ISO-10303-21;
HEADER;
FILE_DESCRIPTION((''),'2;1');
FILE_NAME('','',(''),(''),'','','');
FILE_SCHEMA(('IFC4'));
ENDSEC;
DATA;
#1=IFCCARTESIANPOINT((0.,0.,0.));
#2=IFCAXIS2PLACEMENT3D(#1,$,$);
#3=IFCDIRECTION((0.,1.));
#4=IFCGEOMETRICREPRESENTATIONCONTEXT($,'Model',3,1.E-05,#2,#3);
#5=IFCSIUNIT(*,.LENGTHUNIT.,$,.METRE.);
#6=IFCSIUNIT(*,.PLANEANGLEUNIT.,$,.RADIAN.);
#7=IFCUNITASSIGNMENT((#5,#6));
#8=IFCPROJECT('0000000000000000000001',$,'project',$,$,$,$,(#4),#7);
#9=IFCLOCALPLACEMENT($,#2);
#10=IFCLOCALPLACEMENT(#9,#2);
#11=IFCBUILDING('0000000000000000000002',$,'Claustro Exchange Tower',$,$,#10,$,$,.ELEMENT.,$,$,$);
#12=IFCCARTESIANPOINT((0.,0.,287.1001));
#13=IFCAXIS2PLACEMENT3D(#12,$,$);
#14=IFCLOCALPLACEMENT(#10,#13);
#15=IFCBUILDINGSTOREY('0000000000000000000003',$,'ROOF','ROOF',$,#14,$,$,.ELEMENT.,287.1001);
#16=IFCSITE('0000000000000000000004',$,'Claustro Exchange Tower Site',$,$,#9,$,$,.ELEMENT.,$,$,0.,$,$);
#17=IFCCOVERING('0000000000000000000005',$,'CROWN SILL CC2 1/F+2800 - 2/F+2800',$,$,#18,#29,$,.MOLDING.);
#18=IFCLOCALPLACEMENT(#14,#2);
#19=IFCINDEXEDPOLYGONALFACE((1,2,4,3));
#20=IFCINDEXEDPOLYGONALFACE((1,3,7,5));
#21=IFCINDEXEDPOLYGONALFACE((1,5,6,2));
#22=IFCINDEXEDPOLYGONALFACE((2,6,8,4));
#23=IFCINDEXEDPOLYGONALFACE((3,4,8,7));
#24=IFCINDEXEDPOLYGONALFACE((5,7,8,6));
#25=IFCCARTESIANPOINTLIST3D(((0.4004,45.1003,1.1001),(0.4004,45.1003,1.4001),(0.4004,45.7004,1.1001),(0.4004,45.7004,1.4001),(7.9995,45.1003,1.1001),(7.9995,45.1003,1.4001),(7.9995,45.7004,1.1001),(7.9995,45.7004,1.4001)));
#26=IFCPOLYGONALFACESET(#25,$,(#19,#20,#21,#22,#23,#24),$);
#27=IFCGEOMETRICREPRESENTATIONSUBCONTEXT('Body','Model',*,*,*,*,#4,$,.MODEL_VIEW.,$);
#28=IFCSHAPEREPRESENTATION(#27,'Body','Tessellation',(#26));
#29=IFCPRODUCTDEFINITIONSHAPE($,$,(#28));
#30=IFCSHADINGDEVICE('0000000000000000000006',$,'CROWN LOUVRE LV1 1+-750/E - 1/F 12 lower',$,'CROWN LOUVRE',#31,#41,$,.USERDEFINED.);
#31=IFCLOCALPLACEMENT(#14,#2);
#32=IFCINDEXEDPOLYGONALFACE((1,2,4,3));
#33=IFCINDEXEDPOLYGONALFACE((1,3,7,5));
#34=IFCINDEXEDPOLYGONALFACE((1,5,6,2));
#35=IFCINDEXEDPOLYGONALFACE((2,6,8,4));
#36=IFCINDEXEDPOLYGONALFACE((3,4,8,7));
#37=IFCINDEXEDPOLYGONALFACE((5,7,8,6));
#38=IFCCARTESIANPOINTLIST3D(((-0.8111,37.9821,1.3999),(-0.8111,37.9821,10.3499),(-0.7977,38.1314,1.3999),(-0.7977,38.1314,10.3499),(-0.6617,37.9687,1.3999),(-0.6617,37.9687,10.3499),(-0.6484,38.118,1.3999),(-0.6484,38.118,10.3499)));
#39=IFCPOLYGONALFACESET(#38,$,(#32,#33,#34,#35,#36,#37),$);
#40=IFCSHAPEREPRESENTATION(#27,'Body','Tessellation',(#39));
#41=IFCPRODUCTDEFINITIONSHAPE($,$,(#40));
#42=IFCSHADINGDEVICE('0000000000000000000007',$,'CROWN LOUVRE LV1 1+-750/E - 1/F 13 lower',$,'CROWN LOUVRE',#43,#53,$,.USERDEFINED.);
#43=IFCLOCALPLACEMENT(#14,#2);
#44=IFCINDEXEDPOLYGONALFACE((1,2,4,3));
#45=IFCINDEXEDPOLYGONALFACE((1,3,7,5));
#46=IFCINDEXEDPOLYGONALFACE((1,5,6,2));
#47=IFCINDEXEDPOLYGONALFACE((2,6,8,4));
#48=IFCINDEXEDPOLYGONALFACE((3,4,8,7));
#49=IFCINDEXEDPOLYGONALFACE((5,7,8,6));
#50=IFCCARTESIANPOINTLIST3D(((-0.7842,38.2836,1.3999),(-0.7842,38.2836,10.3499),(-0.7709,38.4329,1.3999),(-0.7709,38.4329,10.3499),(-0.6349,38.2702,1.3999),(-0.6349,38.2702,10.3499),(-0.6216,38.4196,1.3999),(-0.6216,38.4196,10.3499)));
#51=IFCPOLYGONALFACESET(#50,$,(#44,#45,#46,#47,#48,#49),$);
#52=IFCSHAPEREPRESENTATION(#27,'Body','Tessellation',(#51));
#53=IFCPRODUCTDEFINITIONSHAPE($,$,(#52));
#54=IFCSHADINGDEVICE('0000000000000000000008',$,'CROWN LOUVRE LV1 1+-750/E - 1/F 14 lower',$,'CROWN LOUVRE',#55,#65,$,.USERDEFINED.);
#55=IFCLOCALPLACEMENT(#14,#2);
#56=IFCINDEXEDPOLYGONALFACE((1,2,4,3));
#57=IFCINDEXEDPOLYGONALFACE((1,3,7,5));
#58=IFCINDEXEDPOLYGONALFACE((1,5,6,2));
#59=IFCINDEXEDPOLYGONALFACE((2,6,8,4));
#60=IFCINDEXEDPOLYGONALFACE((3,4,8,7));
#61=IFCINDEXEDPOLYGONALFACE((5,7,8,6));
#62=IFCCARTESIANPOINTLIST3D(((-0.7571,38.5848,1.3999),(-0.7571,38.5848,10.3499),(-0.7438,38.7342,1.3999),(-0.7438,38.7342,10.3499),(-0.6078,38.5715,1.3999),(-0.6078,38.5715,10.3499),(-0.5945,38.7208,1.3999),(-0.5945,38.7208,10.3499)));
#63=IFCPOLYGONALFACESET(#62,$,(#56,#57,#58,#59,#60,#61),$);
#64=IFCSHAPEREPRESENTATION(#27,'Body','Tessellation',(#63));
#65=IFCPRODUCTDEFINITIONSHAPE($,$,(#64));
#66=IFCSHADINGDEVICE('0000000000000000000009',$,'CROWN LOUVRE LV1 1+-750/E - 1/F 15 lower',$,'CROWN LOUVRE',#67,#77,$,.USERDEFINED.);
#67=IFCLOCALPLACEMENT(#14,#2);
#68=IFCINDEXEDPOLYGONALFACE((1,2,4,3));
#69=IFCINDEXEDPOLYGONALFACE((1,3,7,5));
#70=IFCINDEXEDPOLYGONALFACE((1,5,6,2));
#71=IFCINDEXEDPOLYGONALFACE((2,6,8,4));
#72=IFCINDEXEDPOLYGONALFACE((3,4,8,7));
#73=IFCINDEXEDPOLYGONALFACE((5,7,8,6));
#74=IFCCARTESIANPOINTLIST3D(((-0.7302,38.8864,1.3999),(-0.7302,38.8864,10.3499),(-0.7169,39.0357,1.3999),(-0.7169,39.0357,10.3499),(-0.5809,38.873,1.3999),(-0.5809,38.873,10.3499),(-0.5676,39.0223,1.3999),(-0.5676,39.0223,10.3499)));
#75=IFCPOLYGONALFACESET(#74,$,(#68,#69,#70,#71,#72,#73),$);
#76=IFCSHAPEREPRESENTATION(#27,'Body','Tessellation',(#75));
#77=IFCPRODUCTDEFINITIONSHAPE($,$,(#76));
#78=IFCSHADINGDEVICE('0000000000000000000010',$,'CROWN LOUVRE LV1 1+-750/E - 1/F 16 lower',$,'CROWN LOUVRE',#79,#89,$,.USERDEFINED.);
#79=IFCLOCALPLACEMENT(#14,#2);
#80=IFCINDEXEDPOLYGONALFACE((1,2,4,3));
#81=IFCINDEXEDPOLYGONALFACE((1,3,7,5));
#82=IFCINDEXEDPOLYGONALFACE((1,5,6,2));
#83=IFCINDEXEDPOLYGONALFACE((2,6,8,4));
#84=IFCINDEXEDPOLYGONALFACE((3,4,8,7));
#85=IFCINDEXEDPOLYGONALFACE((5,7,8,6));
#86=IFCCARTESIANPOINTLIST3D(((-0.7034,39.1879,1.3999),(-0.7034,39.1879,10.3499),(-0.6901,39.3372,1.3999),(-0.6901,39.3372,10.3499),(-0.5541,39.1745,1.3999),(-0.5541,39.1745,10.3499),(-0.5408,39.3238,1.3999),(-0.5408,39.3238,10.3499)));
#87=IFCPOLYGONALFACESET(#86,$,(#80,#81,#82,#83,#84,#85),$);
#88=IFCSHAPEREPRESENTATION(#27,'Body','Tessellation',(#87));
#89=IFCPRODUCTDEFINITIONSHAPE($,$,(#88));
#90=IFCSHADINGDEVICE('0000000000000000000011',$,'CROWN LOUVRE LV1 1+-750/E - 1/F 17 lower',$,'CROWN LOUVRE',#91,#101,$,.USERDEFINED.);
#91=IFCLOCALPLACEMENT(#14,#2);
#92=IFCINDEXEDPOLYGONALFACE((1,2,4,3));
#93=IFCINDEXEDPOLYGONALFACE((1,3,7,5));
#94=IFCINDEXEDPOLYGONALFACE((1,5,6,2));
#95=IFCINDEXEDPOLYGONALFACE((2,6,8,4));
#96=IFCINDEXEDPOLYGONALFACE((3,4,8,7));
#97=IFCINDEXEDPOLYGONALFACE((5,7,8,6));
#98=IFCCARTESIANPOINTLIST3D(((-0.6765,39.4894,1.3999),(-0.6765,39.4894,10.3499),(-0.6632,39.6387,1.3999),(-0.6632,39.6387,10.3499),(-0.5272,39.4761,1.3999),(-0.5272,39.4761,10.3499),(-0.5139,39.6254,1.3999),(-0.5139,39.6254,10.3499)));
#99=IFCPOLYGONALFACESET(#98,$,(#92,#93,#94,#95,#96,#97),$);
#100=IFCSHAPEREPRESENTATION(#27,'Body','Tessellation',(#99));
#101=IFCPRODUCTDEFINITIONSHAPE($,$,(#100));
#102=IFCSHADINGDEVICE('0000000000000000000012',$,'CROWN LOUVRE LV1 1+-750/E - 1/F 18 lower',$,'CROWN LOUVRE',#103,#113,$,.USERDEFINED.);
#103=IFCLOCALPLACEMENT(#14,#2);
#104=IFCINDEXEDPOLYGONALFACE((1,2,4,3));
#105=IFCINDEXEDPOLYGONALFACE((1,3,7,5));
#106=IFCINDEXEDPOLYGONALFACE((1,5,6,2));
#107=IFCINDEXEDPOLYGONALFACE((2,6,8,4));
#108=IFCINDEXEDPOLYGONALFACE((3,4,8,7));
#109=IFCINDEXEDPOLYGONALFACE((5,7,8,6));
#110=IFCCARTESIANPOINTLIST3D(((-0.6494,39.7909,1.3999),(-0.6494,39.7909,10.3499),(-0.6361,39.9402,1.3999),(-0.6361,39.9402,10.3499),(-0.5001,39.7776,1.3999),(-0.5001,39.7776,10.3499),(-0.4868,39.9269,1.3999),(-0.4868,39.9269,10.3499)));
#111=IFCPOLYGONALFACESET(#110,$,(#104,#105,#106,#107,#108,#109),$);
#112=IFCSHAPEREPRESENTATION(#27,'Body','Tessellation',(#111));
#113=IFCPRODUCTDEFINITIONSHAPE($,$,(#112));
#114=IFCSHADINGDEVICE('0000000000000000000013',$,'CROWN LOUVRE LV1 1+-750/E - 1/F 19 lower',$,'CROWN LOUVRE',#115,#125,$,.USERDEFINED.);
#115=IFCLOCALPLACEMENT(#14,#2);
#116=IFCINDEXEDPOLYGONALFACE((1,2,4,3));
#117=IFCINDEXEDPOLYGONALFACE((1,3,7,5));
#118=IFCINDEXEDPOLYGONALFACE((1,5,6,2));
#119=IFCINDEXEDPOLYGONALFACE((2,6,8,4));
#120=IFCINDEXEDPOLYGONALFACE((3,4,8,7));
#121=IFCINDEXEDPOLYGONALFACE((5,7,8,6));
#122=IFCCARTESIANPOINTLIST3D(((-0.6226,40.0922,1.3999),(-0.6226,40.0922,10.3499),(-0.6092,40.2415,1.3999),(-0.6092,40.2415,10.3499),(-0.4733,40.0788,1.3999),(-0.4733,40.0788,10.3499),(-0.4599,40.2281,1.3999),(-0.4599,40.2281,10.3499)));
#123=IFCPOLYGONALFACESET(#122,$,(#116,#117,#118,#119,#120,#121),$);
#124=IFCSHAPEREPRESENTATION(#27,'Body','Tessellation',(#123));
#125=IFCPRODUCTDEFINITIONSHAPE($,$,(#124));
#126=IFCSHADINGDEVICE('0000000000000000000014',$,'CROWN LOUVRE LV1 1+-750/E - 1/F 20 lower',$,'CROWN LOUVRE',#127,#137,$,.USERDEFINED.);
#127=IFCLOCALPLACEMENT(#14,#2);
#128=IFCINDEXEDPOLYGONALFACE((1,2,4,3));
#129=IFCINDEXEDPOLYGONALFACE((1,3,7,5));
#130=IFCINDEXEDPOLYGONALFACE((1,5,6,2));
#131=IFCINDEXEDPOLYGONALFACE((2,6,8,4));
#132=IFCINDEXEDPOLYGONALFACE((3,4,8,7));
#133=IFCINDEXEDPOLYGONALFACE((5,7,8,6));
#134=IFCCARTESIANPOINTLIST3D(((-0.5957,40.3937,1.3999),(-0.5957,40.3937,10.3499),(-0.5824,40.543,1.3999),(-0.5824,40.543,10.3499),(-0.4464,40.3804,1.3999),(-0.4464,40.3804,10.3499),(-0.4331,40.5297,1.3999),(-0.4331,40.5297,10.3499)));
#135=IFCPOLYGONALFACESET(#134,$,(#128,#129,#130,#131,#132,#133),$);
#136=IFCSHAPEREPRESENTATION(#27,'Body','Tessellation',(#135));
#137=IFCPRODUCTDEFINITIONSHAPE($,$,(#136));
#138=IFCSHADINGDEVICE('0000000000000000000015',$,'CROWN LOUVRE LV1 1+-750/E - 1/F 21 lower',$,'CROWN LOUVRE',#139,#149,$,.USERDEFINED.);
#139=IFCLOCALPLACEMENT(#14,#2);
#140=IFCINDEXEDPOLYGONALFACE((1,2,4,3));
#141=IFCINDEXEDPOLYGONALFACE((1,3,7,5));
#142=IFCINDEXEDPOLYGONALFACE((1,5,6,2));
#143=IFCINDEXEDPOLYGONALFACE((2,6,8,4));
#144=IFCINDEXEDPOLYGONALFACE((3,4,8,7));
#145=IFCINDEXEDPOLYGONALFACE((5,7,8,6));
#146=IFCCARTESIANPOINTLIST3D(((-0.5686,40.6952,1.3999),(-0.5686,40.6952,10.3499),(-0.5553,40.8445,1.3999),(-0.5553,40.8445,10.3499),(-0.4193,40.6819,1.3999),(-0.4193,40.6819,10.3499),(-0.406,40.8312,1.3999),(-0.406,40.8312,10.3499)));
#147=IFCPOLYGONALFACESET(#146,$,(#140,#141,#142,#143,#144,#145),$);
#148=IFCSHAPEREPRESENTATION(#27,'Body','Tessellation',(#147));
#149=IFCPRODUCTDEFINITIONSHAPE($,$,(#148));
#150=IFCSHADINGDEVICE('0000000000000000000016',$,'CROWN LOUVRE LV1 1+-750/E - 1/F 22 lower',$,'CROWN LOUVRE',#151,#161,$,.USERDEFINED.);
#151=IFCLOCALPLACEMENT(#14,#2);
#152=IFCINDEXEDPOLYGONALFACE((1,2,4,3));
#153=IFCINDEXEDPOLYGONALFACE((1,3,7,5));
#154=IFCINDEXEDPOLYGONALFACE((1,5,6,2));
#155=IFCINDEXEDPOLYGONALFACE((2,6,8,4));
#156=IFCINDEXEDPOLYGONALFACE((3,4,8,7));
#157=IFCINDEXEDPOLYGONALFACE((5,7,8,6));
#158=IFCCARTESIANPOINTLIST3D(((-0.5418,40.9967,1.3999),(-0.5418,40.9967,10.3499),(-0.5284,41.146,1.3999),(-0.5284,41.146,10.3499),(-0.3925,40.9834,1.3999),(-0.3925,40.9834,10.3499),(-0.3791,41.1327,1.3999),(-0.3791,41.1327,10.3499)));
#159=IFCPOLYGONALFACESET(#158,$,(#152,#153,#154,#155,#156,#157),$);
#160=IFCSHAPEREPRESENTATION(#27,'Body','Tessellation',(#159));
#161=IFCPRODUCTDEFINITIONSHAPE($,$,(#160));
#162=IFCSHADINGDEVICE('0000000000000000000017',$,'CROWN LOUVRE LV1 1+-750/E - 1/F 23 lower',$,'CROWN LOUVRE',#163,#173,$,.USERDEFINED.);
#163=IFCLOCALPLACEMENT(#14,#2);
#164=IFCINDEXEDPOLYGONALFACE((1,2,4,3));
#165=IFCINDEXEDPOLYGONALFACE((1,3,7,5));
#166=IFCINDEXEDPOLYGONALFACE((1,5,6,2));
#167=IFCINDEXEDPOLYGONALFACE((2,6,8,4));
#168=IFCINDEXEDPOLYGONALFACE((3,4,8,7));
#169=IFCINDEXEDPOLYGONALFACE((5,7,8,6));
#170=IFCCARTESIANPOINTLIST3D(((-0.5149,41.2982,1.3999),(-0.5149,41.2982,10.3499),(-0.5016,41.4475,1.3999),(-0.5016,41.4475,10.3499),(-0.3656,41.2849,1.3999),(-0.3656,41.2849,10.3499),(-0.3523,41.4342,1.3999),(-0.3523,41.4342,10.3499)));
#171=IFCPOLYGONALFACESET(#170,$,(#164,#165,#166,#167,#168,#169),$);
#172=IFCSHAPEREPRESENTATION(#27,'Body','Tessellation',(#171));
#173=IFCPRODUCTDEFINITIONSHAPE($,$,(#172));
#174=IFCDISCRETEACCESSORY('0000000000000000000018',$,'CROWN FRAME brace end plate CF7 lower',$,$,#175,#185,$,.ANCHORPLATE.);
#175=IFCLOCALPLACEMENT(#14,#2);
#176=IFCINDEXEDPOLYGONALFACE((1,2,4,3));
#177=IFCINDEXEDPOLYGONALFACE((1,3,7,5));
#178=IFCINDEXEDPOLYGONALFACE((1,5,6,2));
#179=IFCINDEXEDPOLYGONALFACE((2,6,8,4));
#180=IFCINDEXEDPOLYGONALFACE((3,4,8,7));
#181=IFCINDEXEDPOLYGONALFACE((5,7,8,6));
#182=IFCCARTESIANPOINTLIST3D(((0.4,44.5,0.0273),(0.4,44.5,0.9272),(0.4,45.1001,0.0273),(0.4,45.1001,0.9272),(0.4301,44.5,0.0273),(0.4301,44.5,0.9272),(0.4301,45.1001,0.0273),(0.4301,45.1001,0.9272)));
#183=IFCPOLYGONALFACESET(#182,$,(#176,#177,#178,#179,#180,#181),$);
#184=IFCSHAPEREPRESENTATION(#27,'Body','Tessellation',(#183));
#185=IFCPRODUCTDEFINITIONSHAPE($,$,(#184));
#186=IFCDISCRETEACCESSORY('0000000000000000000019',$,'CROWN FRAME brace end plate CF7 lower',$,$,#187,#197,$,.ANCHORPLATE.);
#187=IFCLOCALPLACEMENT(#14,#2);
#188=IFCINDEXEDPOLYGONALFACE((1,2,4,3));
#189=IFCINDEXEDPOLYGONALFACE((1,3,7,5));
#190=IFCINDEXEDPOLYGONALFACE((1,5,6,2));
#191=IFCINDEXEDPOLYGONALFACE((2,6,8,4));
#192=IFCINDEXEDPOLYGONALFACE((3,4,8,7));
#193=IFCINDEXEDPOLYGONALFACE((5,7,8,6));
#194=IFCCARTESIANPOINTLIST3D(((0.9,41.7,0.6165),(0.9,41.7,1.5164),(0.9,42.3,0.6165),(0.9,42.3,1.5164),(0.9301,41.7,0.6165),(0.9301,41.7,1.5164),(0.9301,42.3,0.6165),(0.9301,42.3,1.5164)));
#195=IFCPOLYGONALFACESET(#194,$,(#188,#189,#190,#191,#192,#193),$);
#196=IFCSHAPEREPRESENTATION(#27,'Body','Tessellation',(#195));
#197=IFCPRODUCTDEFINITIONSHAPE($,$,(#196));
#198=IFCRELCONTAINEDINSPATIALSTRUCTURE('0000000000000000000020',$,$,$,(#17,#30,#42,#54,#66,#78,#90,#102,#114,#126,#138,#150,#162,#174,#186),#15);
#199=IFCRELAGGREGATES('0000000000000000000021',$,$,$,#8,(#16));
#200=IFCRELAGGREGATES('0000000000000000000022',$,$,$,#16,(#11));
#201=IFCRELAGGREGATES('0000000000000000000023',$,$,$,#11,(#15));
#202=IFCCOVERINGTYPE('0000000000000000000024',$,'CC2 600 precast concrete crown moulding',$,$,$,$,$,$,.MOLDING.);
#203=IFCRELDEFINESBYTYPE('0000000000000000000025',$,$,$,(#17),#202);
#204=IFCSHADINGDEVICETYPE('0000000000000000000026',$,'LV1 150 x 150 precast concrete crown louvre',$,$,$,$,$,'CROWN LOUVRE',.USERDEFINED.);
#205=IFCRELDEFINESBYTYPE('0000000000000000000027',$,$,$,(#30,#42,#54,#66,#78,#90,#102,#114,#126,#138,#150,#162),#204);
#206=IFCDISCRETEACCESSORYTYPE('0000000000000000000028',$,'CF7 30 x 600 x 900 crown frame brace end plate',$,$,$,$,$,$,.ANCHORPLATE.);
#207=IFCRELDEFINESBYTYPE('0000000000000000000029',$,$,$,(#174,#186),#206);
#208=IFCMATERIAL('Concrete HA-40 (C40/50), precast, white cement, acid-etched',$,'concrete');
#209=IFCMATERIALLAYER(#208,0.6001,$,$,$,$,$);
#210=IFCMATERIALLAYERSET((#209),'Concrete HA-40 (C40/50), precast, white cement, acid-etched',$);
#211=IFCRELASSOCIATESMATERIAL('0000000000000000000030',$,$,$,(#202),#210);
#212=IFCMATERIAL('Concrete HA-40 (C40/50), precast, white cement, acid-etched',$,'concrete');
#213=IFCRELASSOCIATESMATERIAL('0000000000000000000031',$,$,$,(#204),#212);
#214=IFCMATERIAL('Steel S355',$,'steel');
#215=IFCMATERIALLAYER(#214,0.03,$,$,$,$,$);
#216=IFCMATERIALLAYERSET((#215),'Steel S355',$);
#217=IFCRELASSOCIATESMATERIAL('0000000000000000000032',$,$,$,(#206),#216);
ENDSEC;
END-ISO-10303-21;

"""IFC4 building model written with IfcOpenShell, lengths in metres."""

from ifc_helpers import new_model, si_unit, direction, frame, origin, origin_2d, place, context, subcontext, project, spatial, rectangle, extrude, material, layer, layer_set, type_object, element, save


model = new_model("IFC4")

# Units and contexts
model_context = context("Model", 3, precision=1e-05, world=origin(), true_north=direction((0.0, 1.0)))
body_context = subcontext(model_context, "Body", "Model", "MODEL_VIEW")
ifc_project = project(units=[si_unit("LENGTHUNIT", "METRE"), si_unit("PLANEANGLEUNIT", "RADIAN")], contexts=[model_context])

# Site, building, storey
site_placement = place(None, origin())
site = spatial("IfcSite", under=ifc_project, at=site_placement, Name="Claustro Exchange Tower Site", CompositionType="ELEMENT", RefElevation=0.0)
building_placement = place(site_placement, origin())
building = spatial("IfcBuilding", under=site, at=building_placement, Name="Claustro Exchange Tower", CompositionType="ELEMENT")
storey_placement = place(building_placement, frame((0.0, 0.0, 287.1001)))
storey = spatial("IfcBuildingStorey", under=building, at=storey_placement, Name="ROOF", Description="ROOF", CompositionType="ELEMENT", Elevation=287.1001)

# Covering
ifc_material_1 = material(Name="Concrete HA-40 (C40/50), precast, white cement, acid-etched", Category="concrete")
ifc_layer_1 = layer(ifc_material_1, 0.6001)
ifc_layer_set_1 = layer_set([ifc_layer_1], Name="Concrete HA-40 (C40/50), precast, white cement, acid-etched")
covering_type_1 = type_object("IfcCoveringType", Name="CC2 600 precast concrete crown moulding", PredefinedType="MOLDING", material=ifc_layer_set_1)
covering_1_placement = place(storey_placement, frame((4.2, 45.4004, 1.1001), z_axis=(0.0, 0.0, 1.0), x_axis=(1.0, 0.0, 0.0)))
element("IfcCovering", 1, at=covering_1_placement, inside=storey, type_object=covering_type_1, Name="CROWN SILL CC2 1/F+2800 - 2/F+2800", PredefinedType="MOLDING", context=body_context, shape_type="SweptSolid", body=[
    extrude(rectangle(XDim=7.5991, YDim=0.6001, at=origin_2d()), origin(), (0.0, 0.0, 1.0), 0.3),
])

# Shading devices
ifc_material_2 = material(Name="Concrete HA-40 (C40/50), precast, white cement, acid-etched", Category="concrete")
shading_device_type = type_object("IfcShadingDeviceType", Name="LV1 150 x 150 precast concrete crown louvre", ElementType="CROWN LOUVRE", PredefinedType="USERDEFINED", material=ifc_material_2)
for number, where, z_axis, x_axis, name in (
    (2, (-0.7297, 38.05, 1.3999), (0.0, 0.0, 1.0), (0.088933, 0.996038, 0.0), "CROWN LOUVRE LV1 1+-750/E - 1/F 12 lower"),
    (3, (-0.7029, 38.3516, 1.3999), (0.0, 0.0, 1.0), (0.088933, 0.996038, 0.0), "CROWN LOUVRE LV1 1+-750/E - 1/F 13 lower"),
    (4, (-0.6758, 38.6528, 1.3999), (0.0, 0.0, 1.0), (0.088933, 0.996038, 0.0), "CROWN LOUVRE LV1 1+-750/E - 1/F 14 lower"),
    (5, (-0.6489, 38.9543, 1.3999), (0.0, 0.0, 1.0), (0.088933, 0.996038, 0.0), "CROWN LOUVRE LV1 1+-750/E - 1/F 15 lower"),
    (6, (-0.6221, 39.2559, 1.3999), (0.0, 0.0, 1.0), (0.088933, 0.996038, 0.0), "CROWN LOUVRE LV1 1+-750/E - 1/F 16 lower"),
    (7, (-0.5952, 39.5574, 1.3999), (0.0, 0.0, 1.0), (0.088933, 0.996038, 0.0), "CROWN LOUVRE LV1 1+-750/E - 1/F 17 lower"),
    (8, (-0.5681, 39.8589, 1.3999), (0.0, 0.0, 1.0), (0.088933, 0.996038, 0.0), "CROWN LOUVRE LV1 1+-750/E - 1/F 18 lower"),
    (9, (-0.5413, 40.1602, 1.3999), (0.0, 0.0, 1.0), (0.088933, 0.996038, 0.0), "CROWN LOUVRE LV1 1+-750/E - 1/F 19 lower"),
    (10, (-0.5144, 40.4617, 1.3999), (0.0, 0.0, 1.0), (0.088933, 0.996038, 0.0), "CROWN LOUVRE LV1 1+-750/E - 1/F 20 lower"),
    (11, (-0.4873, 40.7632, 1.3999), (0.0, 0.0, 1.0), (0.088933, 0.996038, 0.0), "CROWN LOUVRE LV1 1+-750/E - 1/F 21 lower"),
    (12, (-0.4604, 41.0647, 1.3999), (0.0, 0.0, 1.0), (0.088933, 0.996038, 0.0), "CROWN LOUVRE LV1 1+-750/E - 1/F 22 lower"),
    (13, (-0.4336, 41.3662, 1.3999), (0.0, 0.0, 1.0), (0.088933, 0.996038, 0.0), "CROWN LOUVRE LV1 1+-750/E - 1/F 23 lower"),
):
    element("IfcShadingDevice", number, at=place(storey_placement, frame(where, z_axis=z_axis, x_axis=x_axis)), inside=storey, type_object=shading_device_type, Name=name, ObjectType="CROWN LOUVRE", PredefinedType="USERDEFINED", context=body_context, shape_type="SweptSolid", body=[
        extrude(rectangle(XDim=0.1499, YDim=0.1499, at=origin_2d()), origin(), (0.0, 0.0, 1.0), 8.95),
    ])

# Discrete accessories
ifc_material_3 = material(Name="Steel S355", Category="steel")
ifc_layer_2 = layer(ifc_material_3, 0.03)
ifc_layer_set_2 = layer_set([ifc_layer_2], Name="Steel S355")
discrete_accessory_type = type_object("IfcDiscreteAccessoryType", Name="CF7 30 x 600 x 900 crown frame brace end plate", PredefinedType="ANCHORPLATE", material=ifc_layer_set_2)
for number, where, z_axis, x_axis, name in (
    (14, (0.415, 44.8, 0.0273), (0.0, 0.0, 1.0), (1.0, 0.0, 0.0), "CROWN FRAME brace end plate CF7 lower"),
    (15, (0.915, 42.0, 0.6165), (0.0, 0.0, 1.0), (1.0, 0.0, 0.0), "CROWN FRAME brace end plate CF7 lower"),
):
    element("IfcDiscreteAccessory", number, at=place(storey_placement, frame(where, z_axis=z_axis, x_axis=x_axis)), inside=storey, type_object=discrete_accessory_type, Name=name, PredefinedType="ANCHORPLATE", context=body_context, shape_type="SweptSolid", body=[
        extrude(rectangle(XDim=0.03, YDim=0.6001, at=origin_2d()), origin(), (0.0, 0.0, 1.0), 0.8999),
    ])

save(model, "model.ifc")
